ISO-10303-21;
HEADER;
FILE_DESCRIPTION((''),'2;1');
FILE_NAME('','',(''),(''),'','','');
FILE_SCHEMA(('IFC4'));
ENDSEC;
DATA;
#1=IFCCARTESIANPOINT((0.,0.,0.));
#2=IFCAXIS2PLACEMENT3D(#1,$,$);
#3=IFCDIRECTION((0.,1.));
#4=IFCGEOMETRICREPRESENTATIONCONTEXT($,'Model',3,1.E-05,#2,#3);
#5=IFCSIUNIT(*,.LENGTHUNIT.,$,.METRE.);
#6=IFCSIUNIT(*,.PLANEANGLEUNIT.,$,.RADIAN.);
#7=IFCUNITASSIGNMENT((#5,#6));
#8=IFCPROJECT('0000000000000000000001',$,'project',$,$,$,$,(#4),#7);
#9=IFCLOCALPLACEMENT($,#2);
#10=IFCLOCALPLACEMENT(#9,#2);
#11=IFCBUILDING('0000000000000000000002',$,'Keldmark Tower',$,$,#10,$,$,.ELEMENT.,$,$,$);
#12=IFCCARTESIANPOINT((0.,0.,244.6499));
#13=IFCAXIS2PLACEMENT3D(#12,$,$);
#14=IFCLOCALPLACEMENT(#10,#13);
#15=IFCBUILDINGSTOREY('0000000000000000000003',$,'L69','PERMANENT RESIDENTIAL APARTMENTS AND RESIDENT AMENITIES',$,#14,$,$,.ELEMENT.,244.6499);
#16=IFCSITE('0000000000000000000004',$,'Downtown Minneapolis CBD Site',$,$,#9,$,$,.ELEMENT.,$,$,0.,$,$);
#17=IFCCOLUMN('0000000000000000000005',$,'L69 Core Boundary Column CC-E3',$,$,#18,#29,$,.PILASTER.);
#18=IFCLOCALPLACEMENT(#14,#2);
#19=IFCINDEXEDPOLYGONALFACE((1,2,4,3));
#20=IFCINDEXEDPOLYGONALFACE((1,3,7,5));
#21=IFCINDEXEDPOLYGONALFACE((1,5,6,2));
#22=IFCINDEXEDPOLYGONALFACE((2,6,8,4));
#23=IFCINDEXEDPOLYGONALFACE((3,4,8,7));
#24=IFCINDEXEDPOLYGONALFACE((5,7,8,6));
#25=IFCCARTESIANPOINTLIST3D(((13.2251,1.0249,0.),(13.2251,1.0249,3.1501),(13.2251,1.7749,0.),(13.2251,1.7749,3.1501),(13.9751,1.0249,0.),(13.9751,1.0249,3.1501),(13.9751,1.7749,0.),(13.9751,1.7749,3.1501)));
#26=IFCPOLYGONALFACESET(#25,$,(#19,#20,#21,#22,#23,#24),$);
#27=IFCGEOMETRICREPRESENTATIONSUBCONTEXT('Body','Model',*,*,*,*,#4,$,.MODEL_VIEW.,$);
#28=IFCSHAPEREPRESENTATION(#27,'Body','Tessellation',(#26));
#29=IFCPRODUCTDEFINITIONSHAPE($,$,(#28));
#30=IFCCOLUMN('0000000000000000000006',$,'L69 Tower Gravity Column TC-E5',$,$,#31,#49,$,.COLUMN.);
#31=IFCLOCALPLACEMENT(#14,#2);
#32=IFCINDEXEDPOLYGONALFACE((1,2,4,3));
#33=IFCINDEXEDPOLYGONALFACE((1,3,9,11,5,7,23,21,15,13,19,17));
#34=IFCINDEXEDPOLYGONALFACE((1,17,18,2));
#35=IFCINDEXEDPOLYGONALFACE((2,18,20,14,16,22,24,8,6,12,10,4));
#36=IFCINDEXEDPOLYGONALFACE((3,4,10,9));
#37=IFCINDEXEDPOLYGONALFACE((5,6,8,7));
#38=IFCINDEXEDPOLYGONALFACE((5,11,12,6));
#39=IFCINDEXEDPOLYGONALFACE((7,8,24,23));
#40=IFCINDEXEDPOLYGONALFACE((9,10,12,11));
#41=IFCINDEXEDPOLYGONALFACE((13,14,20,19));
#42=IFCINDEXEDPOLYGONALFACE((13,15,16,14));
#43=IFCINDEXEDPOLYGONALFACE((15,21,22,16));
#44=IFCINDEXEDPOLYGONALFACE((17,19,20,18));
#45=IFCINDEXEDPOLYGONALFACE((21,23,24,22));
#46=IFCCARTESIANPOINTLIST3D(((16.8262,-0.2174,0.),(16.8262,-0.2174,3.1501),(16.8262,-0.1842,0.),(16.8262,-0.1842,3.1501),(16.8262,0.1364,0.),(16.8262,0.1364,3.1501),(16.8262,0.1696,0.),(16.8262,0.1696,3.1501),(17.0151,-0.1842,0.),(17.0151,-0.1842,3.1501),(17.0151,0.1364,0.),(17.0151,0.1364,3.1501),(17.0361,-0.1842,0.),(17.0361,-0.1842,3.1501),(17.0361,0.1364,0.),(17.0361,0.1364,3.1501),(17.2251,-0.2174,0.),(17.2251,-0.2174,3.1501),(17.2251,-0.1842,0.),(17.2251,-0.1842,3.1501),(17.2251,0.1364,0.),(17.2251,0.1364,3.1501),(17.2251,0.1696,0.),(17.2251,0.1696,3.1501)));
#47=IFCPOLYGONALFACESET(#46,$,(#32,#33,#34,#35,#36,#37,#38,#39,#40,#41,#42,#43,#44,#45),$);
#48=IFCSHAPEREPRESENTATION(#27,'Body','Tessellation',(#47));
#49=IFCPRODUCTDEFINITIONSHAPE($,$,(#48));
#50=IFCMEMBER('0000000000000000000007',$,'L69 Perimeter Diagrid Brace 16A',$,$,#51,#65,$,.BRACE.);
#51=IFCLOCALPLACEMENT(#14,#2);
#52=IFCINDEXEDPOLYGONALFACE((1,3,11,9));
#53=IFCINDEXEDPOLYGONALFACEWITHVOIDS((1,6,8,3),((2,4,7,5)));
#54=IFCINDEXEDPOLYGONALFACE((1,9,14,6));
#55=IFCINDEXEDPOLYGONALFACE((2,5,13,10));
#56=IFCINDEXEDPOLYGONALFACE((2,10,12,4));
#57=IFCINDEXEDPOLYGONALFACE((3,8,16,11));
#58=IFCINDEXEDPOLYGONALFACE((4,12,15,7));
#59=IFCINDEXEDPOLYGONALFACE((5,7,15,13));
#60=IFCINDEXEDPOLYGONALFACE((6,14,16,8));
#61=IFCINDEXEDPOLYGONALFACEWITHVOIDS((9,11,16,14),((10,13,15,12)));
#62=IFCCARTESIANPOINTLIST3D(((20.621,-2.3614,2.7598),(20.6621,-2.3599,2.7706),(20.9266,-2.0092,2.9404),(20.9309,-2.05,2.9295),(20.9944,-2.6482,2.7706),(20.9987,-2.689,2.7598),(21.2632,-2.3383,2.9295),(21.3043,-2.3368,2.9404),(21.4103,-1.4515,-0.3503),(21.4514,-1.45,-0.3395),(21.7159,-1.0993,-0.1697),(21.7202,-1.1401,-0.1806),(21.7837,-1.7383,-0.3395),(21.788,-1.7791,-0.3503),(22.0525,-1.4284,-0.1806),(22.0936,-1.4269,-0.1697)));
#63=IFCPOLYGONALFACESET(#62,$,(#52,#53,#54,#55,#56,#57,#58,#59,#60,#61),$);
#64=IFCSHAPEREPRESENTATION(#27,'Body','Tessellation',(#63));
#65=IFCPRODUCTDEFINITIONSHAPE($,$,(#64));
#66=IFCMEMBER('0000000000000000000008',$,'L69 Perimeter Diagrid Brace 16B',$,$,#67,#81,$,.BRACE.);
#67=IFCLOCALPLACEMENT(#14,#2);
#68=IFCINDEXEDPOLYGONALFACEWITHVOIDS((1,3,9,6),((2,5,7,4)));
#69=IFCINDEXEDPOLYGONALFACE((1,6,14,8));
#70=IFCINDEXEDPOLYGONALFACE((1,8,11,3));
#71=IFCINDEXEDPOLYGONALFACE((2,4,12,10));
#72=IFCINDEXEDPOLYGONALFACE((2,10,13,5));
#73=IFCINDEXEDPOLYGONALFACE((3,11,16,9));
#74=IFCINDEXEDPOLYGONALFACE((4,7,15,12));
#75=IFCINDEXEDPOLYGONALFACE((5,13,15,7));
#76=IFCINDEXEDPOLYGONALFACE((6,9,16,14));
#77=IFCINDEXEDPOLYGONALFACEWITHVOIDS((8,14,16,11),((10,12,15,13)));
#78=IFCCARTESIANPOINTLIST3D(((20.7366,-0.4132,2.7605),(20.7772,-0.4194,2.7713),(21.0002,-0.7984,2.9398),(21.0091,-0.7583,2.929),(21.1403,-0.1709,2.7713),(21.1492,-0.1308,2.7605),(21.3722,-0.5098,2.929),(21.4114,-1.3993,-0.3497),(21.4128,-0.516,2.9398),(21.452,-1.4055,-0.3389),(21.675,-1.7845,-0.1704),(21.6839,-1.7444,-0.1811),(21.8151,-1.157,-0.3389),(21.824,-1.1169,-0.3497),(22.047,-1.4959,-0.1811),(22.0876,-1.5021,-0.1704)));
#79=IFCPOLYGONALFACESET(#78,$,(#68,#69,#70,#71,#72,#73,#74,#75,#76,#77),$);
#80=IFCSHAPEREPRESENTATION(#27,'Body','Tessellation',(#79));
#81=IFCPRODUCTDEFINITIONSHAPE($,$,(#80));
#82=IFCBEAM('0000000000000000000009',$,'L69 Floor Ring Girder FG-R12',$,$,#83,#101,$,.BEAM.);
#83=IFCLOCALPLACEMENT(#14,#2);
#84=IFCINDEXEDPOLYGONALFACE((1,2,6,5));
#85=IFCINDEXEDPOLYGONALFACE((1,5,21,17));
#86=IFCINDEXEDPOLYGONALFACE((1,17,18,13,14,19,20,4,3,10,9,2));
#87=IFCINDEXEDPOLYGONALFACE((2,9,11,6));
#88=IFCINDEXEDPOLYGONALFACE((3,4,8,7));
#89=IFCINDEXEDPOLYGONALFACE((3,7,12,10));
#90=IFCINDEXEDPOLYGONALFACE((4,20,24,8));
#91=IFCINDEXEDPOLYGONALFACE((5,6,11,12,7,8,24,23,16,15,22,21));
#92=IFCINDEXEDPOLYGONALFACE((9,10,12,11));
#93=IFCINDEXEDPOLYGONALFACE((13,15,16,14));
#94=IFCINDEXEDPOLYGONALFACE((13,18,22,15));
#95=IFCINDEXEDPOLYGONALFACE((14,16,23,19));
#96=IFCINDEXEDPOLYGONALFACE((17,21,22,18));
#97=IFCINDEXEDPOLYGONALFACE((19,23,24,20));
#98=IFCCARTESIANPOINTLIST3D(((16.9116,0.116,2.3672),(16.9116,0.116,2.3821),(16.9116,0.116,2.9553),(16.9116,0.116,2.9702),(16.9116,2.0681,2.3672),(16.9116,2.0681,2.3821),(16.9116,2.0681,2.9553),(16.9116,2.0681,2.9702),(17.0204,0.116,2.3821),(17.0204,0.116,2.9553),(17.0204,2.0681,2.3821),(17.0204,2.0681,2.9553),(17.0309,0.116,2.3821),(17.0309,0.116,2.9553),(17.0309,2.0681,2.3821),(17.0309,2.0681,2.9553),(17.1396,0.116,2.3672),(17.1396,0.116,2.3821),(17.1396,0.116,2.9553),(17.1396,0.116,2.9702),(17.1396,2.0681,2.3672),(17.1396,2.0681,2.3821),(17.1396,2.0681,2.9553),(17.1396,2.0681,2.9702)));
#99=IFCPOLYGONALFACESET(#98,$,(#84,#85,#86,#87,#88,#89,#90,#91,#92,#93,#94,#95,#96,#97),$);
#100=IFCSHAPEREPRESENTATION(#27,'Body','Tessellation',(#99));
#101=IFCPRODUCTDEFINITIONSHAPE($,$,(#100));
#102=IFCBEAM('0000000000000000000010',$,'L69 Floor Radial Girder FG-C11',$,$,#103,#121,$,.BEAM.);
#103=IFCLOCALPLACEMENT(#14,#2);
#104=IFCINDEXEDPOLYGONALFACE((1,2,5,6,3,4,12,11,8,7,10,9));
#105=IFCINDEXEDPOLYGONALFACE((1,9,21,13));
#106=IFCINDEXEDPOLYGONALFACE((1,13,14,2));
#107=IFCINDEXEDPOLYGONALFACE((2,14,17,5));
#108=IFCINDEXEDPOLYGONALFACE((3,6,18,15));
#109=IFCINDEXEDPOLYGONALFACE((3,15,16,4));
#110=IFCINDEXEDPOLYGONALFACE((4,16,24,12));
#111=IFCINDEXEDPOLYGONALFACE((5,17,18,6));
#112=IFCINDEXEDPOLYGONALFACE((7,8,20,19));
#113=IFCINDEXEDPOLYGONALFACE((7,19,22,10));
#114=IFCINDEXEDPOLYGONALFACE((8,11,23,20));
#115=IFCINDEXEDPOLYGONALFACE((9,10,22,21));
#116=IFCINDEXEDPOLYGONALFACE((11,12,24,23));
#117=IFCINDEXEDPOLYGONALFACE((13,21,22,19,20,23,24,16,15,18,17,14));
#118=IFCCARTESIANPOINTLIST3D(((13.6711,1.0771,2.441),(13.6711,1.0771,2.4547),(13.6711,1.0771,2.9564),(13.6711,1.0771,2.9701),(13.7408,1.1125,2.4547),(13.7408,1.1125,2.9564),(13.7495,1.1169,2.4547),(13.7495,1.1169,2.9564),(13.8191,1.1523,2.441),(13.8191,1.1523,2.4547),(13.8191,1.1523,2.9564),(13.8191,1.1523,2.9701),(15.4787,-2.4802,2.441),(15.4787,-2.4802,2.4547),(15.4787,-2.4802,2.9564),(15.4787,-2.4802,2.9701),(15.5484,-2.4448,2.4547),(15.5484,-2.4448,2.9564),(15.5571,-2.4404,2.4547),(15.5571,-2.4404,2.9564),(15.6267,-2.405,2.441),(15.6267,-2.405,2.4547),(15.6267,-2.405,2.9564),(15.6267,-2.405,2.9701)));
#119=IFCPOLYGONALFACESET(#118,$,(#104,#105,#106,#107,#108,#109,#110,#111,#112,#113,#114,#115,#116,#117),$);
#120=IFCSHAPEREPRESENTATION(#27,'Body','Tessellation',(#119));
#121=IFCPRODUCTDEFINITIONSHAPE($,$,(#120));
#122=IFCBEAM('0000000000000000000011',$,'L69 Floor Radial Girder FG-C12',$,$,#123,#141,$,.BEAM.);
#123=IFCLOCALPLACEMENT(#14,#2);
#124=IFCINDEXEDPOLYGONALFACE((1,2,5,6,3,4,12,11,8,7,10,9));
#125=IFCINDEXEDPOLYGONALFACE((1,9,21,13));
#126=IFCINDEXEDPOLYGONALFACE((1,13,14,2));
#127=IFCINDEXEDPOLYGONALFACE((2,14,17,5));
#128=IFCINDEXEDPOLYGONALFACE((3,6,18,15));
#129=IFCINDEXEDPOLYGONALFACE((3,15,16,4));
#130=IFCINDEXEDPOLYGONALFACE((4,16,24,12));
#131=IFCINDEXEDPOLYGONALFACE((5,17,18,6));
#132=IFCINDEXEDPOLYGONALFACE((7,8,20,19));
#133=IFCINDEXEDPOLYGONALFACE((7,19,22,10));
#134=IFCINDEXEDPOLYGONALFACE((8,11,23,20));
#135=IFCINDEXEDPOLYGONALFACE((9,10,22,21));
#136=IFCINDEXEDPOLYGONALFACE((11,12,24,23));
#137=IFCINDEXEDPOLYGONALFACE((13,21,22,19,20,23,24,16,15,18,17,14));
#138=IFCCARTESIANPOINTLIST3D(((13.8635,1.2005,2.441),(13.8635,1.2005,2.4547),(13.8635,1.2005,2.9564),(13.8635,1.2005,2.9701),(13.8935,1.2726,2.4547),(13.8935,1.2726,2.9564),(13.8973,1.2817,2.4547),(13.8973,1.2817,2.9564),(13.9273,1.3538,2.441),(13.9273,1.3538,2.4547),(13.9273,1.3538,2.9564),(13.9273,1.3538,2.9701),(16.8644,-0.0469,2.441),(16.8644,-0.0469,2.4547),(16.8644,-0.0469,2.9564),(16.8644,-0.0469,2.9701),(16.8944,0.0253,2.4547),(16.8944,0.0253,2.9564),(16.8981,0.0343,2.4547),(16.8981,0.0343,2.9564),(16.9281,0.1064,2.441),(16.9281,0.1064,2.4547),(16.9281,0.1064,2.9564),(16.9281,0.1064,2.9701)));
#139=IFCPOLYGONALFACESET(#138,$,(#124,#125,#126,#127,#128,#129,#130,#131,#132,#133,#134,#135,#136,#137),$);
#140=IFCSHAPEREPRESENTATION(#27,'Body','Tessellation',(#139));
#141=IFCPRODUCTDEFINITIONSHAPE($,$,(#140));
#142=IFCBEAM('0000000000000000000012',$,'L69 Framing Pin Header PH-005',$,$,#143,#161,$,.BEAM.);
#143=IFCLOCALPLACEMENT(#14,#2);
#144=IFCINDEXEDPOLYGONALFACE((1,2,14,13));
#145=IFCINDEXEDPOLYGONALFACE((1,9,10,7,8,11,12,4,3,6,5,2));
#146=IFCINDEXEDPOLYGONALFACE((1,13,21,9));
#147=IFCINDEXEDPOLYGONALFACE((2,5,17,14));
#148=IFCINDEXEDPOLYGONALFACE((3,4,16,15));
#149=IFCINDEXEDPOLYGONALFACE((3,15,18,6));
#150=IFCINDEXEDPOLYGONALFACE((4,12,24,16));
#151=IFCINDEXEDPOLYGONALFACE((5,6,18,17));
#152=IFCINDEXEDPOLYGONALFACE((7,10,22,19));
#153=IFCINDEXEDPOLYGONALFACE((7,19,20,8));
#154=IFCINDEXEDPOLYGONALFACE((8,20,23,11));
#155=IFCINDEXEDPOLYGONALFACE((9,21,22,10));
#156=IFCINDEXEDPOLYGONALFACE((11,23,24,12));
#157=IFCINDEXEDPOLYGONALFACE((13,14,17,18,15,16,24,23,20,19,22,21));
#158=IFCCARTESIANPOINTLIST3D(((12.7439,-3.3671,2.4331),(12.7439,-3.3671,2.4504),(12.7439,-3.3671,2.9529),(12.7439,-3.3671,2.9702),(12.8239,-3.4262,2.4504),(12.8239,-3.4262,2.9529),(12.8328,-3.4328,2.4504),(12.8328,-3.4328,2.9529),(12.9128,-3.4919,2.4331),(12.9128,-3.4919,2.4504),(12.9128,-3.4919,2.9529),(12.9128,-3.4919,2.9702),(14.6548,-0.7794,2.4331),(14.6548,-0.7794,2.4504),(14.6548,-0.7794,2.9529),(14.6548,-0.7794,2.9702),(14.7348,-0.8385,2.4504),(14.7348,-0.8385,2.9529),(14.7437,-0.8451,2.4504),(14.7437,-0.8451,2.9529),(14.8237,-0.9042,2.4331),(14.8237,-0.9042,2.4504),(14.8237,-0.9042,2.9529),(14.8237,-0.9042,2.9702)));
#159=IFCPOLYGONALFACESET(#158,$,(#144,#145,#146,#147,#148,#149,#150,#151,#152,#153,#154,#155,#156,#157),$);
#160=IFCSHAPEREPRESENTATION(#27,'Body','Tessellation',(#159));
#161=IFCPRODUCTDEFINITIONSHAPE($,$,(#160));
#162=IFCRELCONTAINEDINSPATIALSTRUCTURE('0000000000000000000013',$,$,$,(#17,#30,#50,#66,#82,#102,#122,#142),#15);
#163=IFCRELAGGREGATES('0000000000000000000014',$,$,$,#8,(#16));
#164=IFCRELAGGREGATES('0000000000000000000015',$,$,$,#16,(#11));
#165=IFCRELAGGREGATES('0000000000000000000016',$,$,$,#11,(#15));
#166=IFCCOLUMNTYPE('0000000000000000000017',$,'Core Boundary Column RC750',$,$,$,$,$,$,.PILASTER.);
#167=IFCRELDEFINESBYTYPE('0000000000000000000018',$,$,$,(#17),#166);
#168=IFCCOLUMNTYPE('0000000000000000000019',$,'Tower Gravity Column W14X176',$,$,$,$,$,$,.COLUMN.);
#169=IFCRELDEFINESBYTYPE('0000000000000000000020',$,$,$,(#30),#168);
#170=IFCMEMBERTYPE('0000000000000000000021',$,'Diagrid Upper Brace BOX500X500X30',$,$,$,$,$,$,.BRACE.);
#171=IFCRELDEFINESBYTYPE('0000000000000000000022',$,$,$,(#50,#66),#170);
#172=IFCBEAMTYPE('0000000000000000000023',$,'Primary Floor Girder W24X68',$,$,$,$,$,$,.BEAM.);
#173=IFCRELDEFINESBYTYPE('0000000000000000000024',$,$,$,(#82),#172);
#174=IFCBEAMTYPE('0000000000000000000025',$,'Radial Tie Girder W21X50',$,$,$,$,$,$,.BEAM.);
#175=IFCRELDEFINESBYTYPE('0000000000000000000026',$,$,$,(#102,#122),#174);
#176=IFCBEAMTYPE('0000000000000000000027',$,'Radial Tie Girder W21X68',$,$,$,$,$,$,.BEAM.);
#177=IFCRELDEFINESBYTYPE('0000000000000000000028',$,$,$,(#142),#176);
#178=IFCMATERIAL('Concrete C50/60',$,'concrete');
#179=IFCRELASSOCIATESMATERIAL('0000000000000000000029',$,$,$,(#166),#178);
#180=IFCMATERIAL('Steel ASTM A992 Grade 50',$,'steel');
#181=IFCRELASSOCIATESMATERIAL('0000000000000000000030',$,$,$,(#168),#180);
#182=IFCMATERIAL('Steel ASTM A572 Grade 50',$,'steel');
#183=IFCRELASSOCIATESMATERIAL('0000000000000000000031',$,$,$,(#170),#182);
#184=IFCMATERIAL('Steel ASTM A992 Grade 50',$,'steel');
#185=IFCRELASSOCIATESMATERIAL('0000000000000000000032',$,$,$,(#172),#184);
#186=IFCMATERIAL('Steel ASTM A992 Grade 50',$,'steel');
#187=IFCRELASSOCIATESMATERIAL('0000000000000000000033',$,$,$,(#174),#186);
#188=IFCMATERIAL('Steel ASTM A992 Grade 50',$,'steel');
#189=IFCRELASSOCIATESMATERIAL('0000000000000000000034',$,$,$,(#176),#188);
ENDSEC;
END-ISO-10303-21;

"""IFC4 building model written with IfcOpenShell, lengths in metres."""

from ifc_helpers import new_model, si_unit, direction, frame, origin, origin_2d, place, context, subcontext, project, spatial, rectangle, hollow_rectangle, i_section, extrude, material, material_profile, profile_set, type_object, element, save


model = new_model("IFC4")

# Units and contexts
model_context = context("Model", 3, precision=1e-05, world=origin(), true_north=direction((0.0, 1.0)))
body_context = subcontext(model_context, "Body", "Model", "MODEL_VIEW")
ifc_project = project(units=[si_unit("LENGTHUNIT", "METRE"), si_unit("PLANEANGLEUNIT", "RADIAN")], contexts=[model_context])

# Site, building, storey
site_placement = place(None, origin())
site = spatial("IfcSite", under=ifc_project, at=site_placement, Name="Downtown Minneapolis CBD Site", CompositionType="ELEMENT", RefElevation=0.0)
building_placement = place(site_placement, origin())
building = spatial("IfcBuilding", under=site, at=building_placement, Name="Keldmark Tower", CompositionType="ELEMENT")
storey_placement = place(building_placement, frame((0.0, 0.0, 244.6499)))
storey = spatial("IfcBuildingStorey", under=building, at=storey_placement, Name="L69", Description="PERMANENT RESIDENTIAL APARTMENTS AND RESIDENT AMENITIES", CompositionType="ELEMENT", Elevation=244.6499)

# Columns
ifc_material_1 = material(Name="Concrete C50/60", Category="concrete")
ifc_material_profile_1 = material_profile(ifc_material_1, rectangle(XDim=0.75, YDim=0.75, at=origin_2d()), Name="RC750X750")
ifc_profile_set_1 = profile_set([ifc_material_profile_1], Name="Concrete C50/60")
column_type_1 = type_object("IfcColumnType", Name="Core Boundary Column RC750", PredefinedType="PILASTER", material=ifc_profile_set_1)
column_1_placement = place(storey_placement, frame((13.6001, 1.3999, 0.0), z_axis=(0.0, 0.0, 1.0), x_axis=(1.0, 0.0, 0.0)))
element("IfcColumn", 1, at=column_1_placement, inside=storey, type_object=column_type_1, Name="L69 Core Boundary Column CC-E3", PredefinedType="PILASTER", context=body_context, shape_type="SweptSolid", body=[
    extrude(rectangle(XDim=0.75, YDim=0.75, at=origin_2d()), origin(), (0.0, 0.0, 1.0), 3.1501),
])
ifc_material_2 = material(Name="Steel ASTM A992 Grade 50", Category="steel")
ifc_material_profile_2 = material_profile(ifc_material_2, i_section(OverallWidth=0.3989, OverallDepth=0.387, WebThickness=0.021, FlangeThickness=0.0332, at=origin_2d()), Name="W14X176")
ifc_profile_set_2 = profile_set([ifc_material_profile_2], Name="Steel ASTM A992 Grade 50")
column_type_2 = type_object("IfcColumnType", Name="Tower Gravity Column W14X176", PredefinedType="COLUMN", material=ifc_profile_set_2)
column_2_placement = place(storey_placement, frame((17.0256, -0.0239, 0.0), z_axis=(0.0, 0.0, 1.0), x_axis=(1.0, 0.0, 0.0)))
element("IfcColumn", 2, at=column_2_placement, inside=storey, type_object=column_type_2, Name="L69 Tower Gravity Column TC-E5", PredefinedType="COLUMN", context=body_context, shape_type="SweptSolid", body=[
    extrude(i_section(OverallWidth=0.3989, OverallDepth=0.387, WebThickness=0.021, FlangeThickness=0.0332, at=origin_2d()), origin(), (0.0, 0.0, 1.0), 3.1501),
])

# Members
ifc_material_3 = material(Name="Steel ASTM A572 Grade 50", Category="steel")
ifc_material_profile_3 = material_profile(ifc_material_3, hollow_rectangle(XDim=0.5, YDim=0.5, WallThickness=0.03, at=origin_2d()), Name="BOX500X500X30")
ifc_profile_set_3 = profile_set([ifc_material_profile_3], Name="Steel ASTM A572 Grade 50")
member_type = type_object("IfcMemberType", Name="Diagrid Upper Brace BOX500X500X30", PredefinedType="BRACE", material=ifc_profile_set_3)
member_1_placement = place(storey_placement, frame((21.752, -1.4392, -0.26), z_axis=(-0.236658, -0.272819, 0.932504), x_axis=(0.755395, -0.65527, 0.0)))
element("IfcMember", 3, at=member_1_placement, inside=storey, type_object=member_type, Name="L69 Perimeter Diagrid Brace 16A", PredefinedType="BRACE", context=body_context, shape_type="SweptSolid", body=[
    extrude(hollow_rectangle(XDim=0.5, YDim=0.5, WallThickness=0.03, at=origin_2d()), origin(), (0.0, 0.0, 1.0), 3.3352),
])
member_2_placement = place(storey_placement, frame((21.7495, -1.4507, -0.26), z_axis=(-0.202538, 0.295967, 0.933478), x_axis=(-0.825262, -0.56475, 0.0)))
element("IfcMember", 4, at=member_2_placement, inside=storey, type_object=member_type, Name="L69 Perimeter Diagrid Brace 16B", PredefinedType="BRACE", context=body_context, shape_type="SweptSolid", body=[
    extrude(hollow_rectangle(XDim=0.5, YDim=0.5, WallThickness=0.03, at=origin_2d()), origin(), (0.0, 0.0, 1.0), 3.3318),
])

# Beams
ifc_material_4 = material(Name="Steel ASTM A992 Grade 50", Category="steel")
ifc_material_profile_4 = material_profile(ifc_material_4, i_section(OverallWidth=0.228, OverallDepth=0.603, WebThickness=0.0105, FlangeThickness=0.0149, at=origin_2d()), Name="W24X68")
ifc_profile_set_4 = profile_set([ifc_material_profile_4], Name="Steel ASTM A992 Grade 50")
beam_type_1 = type_object("IfcBeamType", Name="Primary Floor Girder W24X68", PredefinedType="BEAM", material=ifc_profile_set_4)
beam_1_placement = place(storey_placement, frame((17.0256, 0.116, 2.6687), z_axis=(0.0, 1.0, 0.0), x_axis=(-1.0, 0.0, 0.0)))
element("IfcBeam", 5, at=beam_1_placement, inside=storey, type_object=beam_type_1, Name="L69 Floor Ring Girder FG-R12", PredefinedType="BEAM", context=body_context, shape_type="SweptSolid", body=[
    extrude(i_section(OverallWidth=0.228, OverallDepth=0.603, WebThickness=0.0105, FlangeThickness=0.0149, at=origin_2d()), origin(), (0.0, 0.0, 1.0), 1.9521),
])
ifc_material_5 = material(Name="Steel ASTM A992 Grade 50", Category="steel")
ifc_material_profile_5 = material_profile(ifc_material_5, i_section(OverallWidth=0.166, OverallDepth=0.5291, WebThickness=0.0098, FlangeThickness=0.0137, at=origin_2d()), Name="W21X50")
ifc_profile_set_5 = profile_set([ifc_material_profile_5], Name="Steel ASTM A992 Grade 50")
beam_type_2 = type_object("IfcBeamType", Name="Radial Tie Girder W21X50", PredefinedType="BEAM", material=ifc_profile_set_5)
beam_2_placement = place(storey_placement, frame((15.5527, -2.4426, 2.7056), z_axis=(-0.453004, 0.891508, 0.0), x_axis=(-0.891508, -0.453004, 0.0)))
element("IfcBeam", 6, at=beam_2_placement, inside=storey, type_object=beam_type_2, Name="L69 Floor Radial Girder FG-C11", PredefinedType="BEAM", context=body_context, shape_type="SweptSolid", body=[
    extrude(i_section(OverallWidth=0.166, OverallDepth=0.5291, WebThickness=0.0098, FlangeThickness=0.0137, at=origin_2d()), origin(), (0.0, 0.0, 1.0), 3.9902),
])
beam_3_placement = place(storey_placement, frame((16.8962, 0.0298, 2.7056), z_axis=(-0.923403, 0.383831, 0.0), x_axis=(-0.383831, -0.923403, 0.0)))
element("IfcBeam", 7, at=beam_3_placement, inside=storey, type_object=beam_type_2, Name="L69 Floor Radial Girder FG-C12", PredefinedType="BEAM", context=body_context, shape_type="SweptSolid", body=[
    extrude(i_section(OverallWidth=0.166, OverallDepth=0.5291, WebThickness=0.0098, FlangeThickness=0.0137, at=origin_2d()), origin(), (0.0, 0.0, 1.0), 3.2498),
])
ifc_material_6 = material(Name="Steel ASTM A992 Grade 50", Category="steel")
ifc_material_profile_6 = material_profile(ifc_material_6, i_section(OverallWidth=0.21, OverallDepth=0.5371, WebThickness=0.011, FlangeThickness=0.0173, at=origin_2d()), Name="W21X68")
ifc_profile_set_6 = profile_set([ifc_material_profile_6], Name="Steel ASTM A992 Grade 50")
beam_type_3 = type_object("IfcBeamType", Name="Radial Tie Girder W21X68", PredefinedType="BEAM", material=ifc_profile_set_6)
beam_4_placement = place(storey_placement, frame((14.7393, -0.8418, 2.7017), z_axis=(-0.594045, -0.804432, 0.0), x_axis=(0.804432, -0.594045, 0.0)))
element("IfcBeam", 8, at=beam_4_placement, inside=storey, type_object=beam_type_3, Name="L69 Framing Pin Header PH-005", PredefinedType="BEAM", context=body_context, shape_type="SweptSolid", body=[
    extrude(i_section(OverallWidth=0.21, OverallDepth=0.5371, WebThickness=0.011, FlangeThickness=0.0173, at=origin_2d()), origin(), (0.0, 0.0, 1.0), 3.2168),
])

save(model, "model.ifc")
